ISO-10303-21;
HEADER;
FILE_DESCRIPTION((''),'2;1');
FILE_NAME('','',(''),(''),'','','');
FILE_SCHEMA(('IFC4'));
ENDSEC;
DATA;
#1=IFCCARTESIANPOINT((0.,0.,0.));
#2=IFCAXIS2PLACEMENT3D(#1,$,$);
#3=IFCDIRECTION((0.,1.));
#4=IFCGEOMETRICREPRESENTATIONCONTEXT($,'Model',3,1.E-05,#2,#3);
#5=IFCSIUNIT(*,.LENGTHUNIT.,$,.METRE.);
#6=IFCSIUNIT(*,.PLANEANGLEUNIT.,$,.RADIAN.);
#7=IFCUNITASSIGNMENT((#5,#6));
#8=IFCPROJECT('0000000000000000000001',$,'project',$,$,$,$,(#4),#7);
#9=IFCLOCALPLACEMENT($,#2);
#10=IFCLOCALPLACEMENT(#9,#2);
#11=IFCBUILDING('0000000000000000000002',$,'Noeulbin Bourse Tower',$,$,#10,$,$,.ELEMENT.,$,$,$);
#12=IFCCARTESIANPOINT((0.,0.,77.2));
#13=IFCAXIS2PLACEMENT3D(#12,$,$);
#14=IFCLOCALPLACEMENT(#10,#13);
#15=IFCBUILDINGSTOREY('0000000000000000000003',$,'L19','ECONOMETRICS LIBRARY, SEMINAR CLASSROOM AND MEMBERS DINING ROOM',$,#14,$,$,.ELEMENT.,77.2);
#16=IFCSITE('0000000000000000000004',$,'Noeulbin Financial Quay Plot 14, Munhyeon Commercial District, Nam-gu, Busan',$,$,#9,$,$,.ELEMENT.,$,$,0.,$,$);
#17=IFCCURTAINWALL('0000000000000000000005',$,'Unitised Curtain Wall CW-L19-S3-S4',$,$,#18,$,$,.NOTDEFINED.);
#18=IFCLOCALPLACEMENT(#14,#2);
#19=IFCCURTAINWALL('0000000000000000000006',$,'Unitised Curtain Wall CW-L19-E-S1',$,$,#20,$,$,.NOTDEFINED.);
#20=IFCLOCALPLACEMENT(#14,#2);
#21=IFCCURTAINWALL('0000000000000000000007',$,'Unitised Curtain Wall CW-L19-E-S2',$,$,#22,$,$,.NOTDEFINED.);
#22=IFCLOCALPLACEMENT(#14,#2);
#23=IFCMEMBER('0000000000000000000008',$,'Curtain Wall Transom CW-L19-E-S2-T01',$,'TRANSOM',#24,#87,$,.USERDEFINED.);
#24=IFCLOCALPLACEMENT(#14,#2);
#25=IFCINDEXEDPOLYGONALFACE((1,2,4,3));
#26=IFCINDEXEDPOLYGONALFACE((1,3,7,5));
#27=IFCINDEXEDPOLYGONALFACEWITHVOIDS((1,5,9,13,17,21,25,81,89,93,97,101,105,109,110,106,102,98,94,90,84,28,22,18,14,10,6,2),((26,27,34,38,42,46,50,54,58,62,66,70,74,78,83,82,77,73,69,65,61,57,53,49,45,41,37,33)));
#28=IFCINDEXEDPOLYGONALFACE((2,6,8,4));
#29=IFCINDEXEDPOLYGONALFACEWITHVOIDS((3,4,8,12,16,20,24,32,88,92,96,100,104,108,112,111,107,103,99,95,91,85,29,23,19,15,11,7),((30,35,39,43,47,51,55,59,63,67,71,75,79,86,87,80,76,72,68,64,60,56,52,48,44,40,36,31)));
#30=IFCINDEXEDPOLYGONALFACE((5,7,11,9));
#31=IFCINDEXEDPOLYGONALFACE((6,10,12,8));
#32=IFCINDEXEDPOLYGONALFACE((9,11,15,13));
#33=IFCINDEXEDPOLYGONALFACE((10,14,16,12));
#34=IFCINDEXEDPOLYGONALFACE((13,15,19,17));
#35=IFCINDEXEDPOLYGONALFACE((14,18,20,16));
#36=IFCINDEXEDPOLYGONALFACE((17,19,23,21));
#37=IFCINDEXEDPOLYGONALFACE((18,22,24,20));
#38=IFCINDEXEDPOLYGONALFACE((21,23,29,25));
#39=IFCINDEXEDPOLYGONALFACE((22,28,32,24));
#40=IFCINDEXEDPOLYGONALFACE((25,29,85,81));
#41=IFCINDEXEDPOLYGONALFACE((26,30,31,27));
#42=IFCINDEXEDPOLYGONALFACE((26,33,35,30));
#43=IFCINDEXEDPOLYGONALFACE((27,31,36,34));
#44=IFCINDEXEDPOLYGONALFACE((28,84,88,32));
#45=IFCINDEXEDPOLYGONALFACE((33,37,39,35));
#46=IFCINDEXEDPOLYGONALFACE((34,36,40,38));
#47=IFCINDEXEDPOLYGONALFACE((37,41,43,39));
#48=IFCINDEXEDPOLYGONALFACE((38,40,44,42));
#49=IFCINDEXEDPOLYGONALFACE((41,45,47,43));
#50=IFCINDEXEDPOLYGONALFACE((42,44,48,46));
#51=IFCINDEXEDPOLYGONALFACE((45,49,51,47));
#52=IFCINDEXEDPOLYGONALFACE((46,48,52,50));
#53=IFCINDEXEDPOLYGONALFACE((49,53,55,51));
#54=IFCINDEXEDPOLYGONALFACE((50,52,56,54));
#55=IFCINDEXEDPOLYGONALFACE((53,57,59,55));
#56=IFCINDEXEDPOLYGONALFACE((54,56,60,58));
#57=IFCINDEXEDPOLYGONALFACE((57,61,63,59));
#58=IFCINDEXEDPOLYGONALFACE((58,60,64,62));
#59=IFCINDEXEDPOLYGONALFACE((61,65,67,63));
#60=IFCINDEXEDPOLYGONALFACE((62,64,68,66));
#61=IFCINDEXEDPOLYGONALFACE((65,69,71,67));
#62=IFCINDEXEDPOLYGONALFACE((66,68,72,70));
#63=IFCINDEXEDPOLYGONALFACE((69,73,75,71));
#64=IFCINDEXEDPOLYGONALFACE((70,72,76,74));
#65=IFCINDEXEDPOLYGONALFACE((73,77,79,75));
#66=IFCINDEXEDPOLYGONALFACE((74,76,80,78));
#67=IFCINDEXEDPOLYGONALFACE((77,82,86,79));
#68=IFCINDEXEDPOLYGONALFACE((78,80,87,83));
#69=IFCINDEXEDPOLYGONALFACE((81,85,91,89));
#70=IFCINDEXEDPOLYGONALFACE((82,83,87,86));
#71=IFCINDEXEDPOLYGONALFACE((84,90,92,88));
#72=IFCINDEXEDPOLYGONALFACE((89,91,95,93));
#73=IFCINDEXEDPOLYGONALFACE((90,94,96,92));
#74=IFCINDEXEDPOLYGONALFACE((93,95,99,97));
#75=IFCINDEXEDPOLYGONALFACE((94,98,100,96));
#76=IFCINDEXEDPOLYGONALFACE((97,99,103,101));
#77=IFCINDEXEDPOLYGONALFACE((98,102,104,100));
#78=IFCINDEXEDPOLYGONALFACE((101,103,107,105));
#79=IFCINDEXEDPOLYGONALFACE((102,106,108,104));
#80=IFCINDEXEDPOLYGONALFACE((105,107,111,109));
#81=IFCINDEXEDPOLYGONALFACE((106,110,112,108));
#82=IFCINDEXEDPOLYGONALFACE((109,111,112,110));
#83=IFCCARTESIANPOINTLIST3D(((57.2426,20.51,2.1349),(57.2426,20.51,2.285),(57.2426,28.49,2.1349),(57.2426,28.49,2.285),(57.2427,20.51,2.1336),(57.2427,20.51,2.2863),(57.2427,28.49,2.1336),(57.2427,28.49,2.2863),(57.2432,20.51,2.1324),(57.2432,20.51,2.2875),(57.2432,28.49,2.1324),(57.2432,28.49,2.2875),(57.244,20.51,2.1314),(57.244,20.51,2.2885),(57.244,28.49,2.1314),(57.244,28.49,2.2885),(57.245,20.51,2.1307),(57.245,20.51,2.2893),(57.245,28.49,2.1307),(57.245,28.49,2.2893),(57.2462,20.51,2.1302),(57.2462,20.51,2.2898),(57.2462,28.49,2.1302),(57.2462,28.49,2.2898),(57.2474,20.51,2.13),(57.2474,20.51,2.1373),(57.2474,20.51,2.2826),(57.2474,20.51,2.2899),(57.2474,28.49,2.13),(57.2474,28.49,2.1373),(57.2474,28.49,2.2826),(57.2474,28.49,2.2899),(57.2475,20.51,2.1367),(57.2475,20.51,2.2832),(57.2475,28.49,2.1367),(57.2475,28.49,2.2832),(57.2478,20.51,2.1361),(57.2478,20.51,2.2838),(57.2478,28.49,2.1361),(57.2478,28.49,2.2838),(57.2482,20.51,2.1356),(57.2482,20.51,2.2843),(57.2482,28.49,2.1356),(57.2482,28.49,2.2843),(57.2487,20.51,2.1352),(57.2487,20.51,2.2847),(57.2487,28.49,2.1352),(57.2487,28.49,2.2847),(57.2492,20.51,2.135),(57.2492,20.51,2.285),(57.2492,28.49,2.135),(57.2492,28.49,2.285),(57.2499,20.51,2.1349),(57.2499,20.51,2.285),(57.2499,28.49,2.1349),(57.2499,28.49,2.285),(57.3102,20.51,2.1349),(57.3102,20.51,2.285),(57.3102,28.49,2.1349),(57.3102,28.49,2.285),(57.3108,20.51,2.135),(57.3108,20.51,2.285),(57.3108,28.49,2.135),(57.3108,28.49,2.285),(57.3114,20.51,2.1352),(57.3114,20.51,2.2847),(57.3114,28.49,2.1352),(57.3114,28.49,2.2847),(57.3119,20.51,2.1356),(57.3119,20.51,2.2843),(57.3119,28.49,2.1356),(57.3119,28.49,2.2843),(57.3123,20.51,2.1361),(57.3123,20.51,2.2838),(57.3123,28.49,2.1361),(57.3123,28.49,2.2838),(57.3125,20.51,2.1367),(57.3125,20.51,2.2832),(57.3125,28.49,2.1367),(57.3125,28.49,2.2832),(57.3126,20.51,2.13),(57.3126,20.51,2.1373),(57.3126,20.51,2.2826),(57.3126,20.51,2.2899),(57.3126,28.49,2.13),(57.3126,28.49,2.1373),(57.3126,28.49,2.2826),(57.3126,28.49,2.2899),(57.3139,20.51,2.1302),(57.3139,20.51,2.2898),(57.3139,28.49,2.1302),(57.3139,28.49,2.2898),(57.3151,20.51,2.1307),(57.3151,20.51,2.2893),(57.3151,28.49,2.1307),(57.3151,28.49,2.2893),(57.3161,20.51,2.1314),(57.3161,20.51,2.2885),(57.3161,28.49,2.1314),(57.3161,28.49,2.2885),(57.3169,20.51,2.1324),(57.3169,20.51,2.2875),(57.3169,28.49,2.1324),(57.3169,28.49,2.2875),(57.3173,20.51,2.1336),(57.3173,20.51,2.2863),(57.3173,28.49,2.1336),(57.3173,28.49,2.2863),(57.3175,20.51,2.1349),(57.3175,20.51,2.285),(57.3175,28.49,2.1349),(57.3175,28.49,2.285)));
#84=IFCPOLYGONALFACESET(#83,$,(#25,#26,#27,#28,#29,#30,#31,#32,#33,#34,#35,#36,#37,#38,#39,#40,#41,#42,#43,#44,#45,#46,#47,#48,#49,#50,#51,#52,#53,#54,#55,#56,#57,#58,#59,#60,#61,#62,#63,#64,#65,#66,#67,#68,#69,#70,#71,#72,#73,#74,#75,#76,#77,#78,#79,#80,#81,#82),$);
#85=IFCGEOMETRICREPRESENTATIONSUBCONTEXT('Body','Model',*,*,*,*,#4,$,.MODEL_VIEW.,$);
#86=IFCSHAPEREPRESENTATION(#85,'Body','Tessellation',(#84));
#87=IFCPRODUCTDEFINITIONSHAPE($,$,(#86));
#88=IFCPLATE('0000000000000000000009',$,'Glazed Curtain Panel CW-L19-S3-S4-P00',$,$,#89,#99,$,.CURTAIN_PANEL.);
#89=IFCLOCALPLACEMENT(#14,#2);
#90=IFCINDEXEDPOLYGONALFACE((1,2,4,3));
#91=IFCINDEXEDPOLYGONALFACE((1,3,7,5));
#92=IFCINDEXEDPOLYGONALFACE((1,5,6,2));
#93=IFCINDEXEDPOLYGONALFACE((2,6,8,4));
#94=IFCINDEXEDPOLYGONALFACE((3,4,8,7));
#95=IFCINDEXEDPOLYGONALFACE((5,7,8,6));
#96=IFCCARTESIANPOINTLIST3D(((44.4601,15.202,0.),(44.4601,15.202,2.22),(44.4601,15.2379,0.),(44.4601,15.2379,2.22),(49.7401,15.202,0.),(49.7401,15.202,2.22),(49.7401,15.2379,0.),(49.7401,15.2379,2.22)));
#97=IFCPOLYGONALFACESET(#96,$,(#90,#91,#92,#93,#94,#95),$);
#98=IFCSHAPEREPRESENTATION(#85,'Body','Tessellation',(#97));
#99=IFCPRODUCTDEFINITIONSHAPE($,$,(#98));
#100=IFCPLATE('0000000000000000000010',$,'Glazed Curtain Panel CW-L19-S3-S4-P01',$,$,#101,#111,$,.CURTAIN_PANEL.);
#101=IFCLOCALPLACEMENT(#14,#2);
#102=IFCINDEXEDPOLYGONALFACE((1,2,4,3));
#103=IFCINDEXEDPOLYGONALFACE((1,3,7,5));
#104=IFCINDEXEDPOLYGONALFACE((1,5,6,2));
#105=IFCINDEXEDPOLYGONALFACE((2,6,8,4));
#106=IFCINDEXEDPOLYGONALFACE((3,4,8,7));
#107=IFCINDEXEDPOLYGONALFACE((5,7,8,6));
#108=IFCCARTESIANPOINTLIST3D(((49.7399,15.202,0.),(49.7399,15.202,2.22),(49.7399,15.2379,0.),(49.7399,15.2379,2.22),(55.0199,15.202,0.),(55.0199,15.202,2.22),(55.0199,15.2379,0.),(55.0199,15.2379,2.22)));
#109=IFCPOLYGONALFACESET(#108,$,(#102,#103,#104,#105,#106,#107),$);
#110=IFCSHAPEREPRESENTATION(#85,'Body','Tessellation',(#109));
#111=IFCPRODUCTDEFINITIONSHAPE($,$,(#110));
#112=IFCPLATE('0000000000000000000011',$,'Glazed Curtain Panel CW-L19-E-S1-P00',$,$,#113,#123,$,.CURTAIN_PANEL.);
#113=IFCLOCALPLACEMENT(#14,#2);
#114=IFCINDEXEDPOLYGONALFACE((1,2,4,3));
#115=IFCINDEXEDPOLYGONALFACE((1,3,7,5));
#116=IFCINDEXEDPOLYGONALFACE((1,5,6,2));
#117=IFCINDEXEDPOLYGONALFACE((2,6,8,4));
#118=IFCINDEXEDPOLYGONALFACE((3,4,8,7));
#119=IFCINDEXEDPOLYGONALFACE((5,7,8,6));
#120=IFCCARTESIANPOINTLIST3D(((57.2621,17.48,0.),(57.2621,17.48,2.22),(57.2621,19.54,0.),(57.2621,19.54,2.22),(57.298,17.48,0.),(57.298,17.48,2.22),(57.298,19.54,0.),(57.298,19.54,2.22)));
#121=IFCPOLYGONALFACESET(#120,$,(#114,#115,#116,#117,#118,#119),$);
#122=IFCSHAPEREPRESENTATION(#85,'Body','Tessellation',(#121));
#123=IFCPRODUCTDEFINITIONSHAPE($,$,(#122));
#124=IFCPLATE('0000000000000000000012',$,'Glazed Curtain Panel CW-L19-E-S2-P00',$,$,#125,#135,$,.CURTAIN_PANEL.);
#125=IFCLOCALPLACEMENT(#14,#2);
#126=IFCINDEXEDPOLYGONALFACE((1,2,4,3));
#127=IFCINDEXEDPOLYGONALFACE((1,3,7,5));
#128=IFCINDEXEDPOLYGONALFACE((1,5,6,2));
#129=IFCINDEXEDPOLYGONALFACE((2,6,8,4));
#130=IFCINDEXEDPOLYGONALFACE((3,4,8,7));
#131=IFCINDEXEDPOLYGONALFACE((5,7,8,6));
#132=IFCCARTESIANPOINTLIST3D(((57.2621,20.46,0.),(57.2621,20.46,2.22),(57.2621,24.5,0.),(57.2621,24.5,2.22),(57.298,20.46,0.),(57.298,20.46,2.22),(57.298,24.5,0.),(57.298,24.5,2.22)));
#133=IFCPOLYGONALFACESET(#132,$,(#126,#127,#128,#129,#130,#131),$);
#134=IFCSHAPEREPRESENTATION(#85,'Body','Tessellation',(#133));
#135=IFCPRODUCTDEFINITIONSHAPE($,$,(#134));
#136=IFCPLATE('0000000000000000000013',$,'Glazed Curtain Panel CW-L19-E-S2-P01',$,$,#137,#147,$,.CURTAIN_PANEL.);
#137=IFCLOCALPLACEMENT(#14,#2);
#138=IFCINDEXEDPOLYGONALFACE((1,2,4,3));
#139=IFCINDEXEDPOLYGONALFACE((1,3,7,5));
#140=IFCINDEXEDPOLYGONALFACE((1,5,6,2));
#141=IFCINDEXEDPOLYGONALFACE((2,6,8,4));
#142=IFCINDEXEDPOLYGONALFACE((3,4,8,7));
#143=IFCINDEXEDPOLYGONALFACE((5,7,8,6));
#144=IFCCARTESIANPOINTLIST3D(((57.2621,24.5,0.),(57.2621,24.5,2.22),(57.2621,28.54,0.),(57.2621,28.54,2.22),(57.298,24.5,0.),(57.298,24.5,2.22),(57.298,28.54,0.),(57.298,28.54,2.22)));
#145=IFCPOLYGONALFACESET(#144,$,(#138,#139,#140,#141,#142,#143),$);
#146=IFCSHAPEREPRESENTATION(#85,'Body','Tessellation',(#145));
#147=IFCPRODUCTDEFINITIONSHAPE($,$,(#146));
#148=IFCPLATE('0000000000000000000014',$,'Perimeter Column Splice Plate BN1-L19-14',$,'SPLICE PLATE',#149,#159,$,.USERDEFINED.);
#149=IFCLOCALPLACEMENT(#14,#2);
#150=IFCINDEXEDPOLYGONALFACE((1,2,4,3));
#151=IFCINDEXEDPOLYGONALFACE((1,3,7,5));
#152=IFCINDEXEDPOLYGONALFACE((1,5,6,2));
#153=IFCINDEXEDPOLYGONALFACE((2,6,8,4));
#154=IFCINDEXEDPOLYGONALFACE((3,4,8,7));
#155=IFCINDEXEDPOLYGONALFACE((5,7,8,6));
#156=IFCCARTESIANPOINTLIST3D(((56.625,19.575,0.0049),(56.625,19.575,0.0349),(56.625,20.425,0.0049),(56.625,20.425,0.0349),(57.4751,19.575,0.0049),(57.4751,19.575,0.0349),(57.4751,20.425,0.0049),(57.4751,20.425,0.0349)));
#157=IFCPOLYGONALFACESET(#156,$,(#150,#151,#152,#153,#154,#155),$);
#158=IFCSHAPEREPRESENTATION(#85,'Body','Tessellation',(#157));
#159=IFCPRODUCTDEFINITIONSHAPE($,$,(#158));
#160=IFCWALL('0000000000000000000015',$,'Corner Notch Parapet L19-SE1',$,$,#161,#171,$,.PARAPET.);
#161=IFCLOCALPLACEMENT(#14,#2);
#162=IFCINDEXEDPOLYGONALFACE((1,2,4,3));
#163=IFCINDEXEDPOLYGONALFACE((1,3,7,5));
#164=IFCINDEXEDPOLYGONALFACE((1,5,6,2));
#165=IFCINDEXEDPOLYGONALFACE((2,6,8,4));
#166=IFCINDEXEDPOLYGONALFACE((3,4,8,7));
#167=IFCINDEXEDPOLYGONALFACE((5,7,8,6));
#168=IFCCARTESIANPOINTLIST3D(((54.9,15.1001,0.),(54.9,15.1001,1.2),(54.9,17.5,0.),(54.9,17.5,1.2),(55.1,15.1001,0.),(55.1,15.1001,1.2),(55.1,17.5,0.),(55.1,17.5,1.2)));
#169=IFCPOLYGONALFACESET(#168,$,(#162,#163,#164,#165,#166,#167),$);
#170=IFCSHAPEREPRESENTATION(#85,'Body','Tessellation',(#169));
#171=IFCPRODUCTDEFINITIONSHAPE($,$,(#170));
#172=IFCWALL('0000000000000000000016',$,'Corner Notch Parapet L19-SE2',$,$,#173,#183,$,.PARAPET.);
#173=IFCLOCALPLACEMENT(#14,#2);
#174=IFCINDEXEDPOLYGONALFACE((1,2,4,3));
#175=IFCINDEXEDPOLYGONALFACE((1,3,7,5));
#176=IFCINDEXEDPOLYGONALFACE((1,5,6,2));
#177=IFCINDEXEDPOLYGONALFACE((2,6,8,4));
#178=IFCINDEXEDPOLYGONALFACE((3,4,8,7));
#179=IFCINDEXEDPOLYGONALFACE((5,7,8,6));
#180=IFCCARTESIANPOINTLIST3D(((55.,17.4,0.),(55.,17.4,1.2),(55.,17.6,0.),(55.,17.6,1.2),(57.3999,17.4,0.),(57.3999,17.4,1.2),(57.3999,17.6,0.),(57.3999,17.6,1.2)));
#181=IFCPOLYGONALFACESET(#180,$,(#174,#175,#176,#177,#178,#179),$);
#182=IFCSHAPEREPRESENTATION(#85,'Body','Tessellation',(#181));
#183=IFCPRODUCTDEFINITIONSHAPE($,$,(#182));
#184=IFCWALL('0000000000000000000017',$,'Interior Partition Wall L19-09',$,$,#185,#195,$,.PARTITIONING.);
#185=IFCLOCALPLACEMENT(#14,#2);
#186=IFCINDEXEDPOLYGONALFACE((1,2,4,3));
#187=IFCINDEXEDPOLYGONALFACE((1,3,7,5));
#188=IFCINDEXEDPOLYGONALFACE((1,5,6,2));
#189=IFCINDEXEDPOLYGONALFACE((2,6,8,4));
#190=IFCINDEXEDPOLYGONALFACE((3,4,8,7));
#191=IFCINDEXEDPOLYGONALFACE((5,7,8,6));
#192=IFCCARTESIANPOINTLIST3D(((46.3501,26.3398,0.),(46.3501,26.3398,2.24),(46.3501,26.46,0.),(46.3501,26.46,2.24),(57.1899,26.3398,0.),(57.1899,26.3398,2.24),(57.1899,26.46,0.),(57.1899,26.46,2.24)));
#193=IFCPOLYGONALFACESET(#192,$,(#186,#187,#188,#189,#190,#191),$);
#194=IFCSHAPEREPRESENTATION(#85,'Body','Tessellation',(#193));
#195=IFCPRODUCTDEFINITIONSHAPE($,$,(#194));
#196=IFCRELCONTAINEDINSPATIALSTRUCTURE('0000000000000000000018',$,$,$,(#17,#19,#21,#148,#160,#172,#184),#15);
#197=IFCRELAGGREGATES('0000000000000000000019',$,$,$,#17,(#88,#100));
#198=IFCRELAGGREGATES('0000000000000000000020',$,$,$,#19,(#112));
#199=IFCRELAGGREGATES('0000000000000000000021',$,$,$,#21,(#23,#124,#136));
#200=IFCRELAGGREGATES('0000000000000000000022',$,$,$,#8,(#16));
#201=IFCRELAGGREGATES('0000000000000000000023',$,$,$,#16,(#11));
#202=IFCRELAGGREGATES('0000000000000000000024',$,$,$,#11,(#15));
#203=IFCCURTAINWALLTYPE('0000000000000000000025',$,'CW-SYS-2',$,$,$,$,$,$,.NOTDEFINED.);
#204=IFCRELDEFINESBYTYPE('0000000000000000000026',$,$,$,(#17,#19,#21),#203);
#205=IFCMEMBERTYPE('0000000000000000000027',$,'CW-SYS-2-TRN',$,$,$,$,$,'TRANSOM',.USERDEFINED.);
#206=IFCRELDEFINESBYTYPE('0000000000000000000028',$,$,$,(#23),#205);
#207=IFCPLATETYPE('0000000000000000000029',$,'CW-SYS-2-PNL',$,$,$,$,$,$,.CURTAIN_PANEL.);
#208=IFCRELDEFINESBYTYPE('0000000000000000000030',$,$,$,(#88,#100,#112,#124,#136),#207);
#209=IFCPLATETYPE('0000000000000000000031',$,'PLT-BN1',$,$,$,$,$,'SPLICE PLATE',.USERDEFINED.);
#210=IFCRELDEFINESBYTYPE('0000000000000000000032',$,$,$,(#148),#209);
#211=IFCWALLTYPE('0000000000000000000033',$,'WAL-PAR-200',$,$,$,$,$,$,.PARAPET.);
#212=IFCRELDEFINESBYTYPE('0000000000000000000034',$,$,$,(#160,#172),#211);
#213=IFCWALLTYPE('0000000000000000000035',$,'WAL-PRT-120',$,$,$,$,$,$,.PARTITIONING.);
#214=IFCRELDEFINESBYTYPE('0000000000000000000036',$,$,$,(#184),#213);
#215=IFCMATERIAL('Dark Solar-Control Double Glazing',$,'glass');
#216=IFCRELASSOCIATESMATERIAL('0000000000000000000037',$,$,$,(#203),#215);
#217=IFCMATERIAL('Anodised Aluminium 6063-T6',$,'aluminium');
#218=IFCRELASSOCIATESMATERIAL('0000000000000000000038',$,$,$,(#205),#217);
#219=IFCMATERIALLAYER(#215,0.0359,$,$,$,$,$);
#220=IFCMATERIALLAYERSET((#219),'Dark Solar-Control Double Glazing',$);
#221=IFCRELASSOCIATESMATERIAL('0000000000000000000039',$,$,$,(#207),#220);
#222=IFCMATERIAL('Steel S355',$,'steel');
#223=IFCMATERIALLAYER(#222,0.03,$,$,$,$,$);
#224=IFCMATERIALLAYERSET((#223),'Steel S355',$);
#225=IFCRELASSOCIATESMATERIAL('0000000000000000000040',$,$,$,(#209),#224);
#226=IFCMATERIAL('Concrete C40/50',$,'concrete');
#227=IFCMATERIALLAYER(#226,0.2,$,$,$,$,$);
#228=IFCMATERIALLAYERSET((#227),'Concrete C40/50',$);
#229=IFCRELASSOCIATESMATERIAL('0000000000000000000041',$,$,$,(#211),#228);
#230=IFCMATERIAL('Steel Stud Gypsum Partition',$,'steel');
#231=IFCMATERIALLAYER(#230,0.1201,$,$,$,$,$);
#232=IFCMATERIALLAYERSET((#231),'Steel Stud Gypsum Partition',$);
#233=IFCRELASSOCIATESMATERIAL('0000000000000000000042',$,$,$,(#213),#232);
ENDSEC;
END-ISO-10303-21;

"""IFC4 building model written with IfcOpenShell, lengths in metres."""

from ifc_helpers import new_model, si_unit, direction, frame, frame_2d, origin, origin_2d, place, context, subcontext, project, spatial, rectangle, hollow_rectangle, extrude, material, layer, layer_set, material_profile, profile_set, type_object, element, aggregate, save


model = new_model("IFC4")

# Units and contexts
model_context = context("Model", 3, precision=1e-05, world=origin(), true_north=direction((0.0, 1.0)))
body_context = subcontext(model_context, "Body", "Model", "MODEL_VIEW")
ifc_project = project(units=[si_unit("LENGTHUNIT", "METRE"), si_unit("PLANEANGLEUNIT", "RADIAN")], contexts=[model_context])

# Site, building, storey
site_placement = place(None, origin())
site = spatial("IfcSite", under=ifc_project, at=site_placement, Name="Noeulbin Financial Quay Plot 14, Munhyeon Commercial District, Nam-gu, Busan", CompositionType="ELEMENT", RefElevation=0.0)
building_placement = place(site_placement, origin())
building = spatial("IfcBuilding", under=site, at=building_placement, Name="Noeulbin Bourse Tower", CompositionType="ELEMENT")
storey_placement = place(building_placement, frame((0.0, 0.0, 77.2)))
storey = spatial("IfcBuildingStorey", under=building, at=storey_placement, Name="L19", Description="ECONOMETRICS LIBRARY, SEMINAR CLASSROOM AND MEMBERS DINING ROOM", CompositionType="ELEMENT", Elevation=77.2)

# Shared definitions
ifc_material_1 = material(Name="Steel S355", Category="steel")

# Curtain walls
ifc_material_2 = material(Name="Dark Solar-Control Double Glazing", Category="glass")
curtain_wall_type = type_object("IfcCurtainWallType", Name="CW-SYS-2", PredefinedType="NOTDEFINED", material=ifc_material_2)
curtain_wall_1_placement = place(storey_placement, origin())
curtain_wall_1 = element("IfcCurtainWall", 1, at=curtain_wall_1_placement, inside=storey, type_object=curtain_wall_type, Name="Unitised Curtain Wall CW-L19-S3-S4", PredefinedType="NOTDEFINED")
ifc_material_3 = material(Name="Anodised Aluminium 6063-T6", Category="aluminium")
curtain_wall_2_placement = place(storey_placement, origin())
curtain_wall_2 = element("IfcCurtainWall", 2, at=curtain_wall_2_placement, inside=storey, type_object=curtain_wall_type, Name="Unitised Curtain Wall CW-L19-E-S1", PredefinedType="NOTDEFINED")
curtain_wall_3_placement = place(storey_placement, origin())
curtain_wall_3 = element("IfcCurtainWall", 3, at=curtain_wall_3_placement, inside=storey, type_object=curtain_wall_type, Name="Unitised Curtain Wall CW-L19-E-S2", PredefinedType="NOTDEFINED")

# Member
ifc_material_profile_1 = material_profile(ifc_material_3, hollow_rectangle(XDim=0.075, YDim=0.1599, WallThickness=0.0049, InnerFilletRadius=0.0024, OuterFilletRadius=0.0049, at=origin_2d()), Name="ALU-TRAN-75x160x5", Category="LoadBearing")
ifc_profile_set_1 = profile_set([ifc_material_profile_1], Name="Anodised Aluminium 6063-T6")
member_type_1 = type_object("IfcMemberType", Name="CW-SYS-2-TRN", ElementType="TRANSOM", PredefinedType="USERDEFINED", material=ifc_profile_set_1)
member_1_placement = place(storey_placement, frame((57.28, 20.51, 2.21), z_axis=(0.0, 1.0, 0.0), x_axis=(-1.0, 0.0, 0.0)))
member_1 = element("IfcMember", 4, at=member_1_placement, type_object=member_type_1, Name="Curtain Wall Transom CW-L19-E-S2-T01", ObjectType="TRANSOM", PredefinedType="USERDEFINED", context=body_context, shape_type="SweptSolid", body=[
    extrude(hollow_rectangle(XDim=0.075, YDim=0.1599, WallThickness=0.0049, InnerFilletRadius=0.0024, OuterFilletRadius=0.0049, at=origin_2d()), origin(), (0.0, 0.0, 1.0), 7.98),
])

# Plates
ifc_layer_1 = layer(ifc_material_2, 0.0359)
ifc_layer_set_1 = layer_set([ifc_layer_1], Name="Dark Solar-Control Double Glazing")
plate_type_1 = type_object("IfcPlateType", Name="CW-SYS-2-PNL", PredefinedType="CURTAIN_PANEL", material=ifc_layer_set_1)
plate_1_placement = place(storey_placement, frame((47.1001, 15.22, 0.0), z_axis=(0.0, 0.0, 1.0), x_axis=(1.0, 0.0, 0.0)))
plate_1 = element("IfcPlate", 5, at=plate_1_placement, type_object=plate_type_1, Name="Glazed Curtain Panel CW-L19-S3-S4-P00", PredefinedType="CURTAIN_PANEL", context=body_context, shape_type="SweptSolid", body=[
    extrude(rectangle(XDim=5.28, YDim=0.0359, at=origin_2d()), origin(), (0.0, 0.0, 1.0), 2.22),
])
plate_2_placement = place(storey_placement, frame((52.3799, 15.22, 0.0), z_axis=(0.0, 0.0, 1.0), x_axis=(1.0, 0.0, 0.0)))
plate_2 = element("IfcPlate", 6, at=plate_2_placement, type_object=plate_type_1, Name="Glazed Curtain Panel CW-L19-S3-S4-P01", PredefinedType="CURTAIN_PANEL", context=body_context, shape_type="SweptSolid", body=[
    extrude(rectangle(XDim=5.28, YDim=0.0359, at=origin_2d()), origin(), (0.0, 0.0, 1.0), 2.22),
])
aggregate(curtain_wall_1, [plate_1, plate_2])
plate_3_placement = place(storey_placement, frame((57.28, 18.51, 0.0), z_axis=(0.0, 0.0, 1.0), x_axis=(0.0, 1.0, 0.0)))
plate_3 = element("IfcPlate", 7, at=plate_3_placement, type_object=plate_type_1, Name="Glazed Curtain Panel CW-L19-E-S1-P00", PredefinedType="CURTAIN_PANEL", context=body_context, shape_type="SweptSolid", body=[
    extrude(rectangle(XDim=2.0601, YDim=0.0359, at=origin_2d()), origin(), (0.0, 0.0, 1.0), 2.22),
])
aggregate(curtain_wall_2, [plate_3])
plate_4_placement = place(storey_placement, frame((57.28, 22.48, 0.0), z_axis=(0.0, 0.0, 1.0), x_axis=(0.0, 1.0, 0.0)))
plate_4 = element("IfcPlate", 8, at=plate_4_placement, type_object=plate_type_1, Name="Glazed Curtain Panel CW-L19-E-S2-P00", PredefinedType="CURTAIN_PANEL", context=body_context, shape_type="SweptSolid", body=[
    extrude(rectangle(XDim=4.04, YDim=0.0359, at=origin_2d()), origin(), (0.0, 0.0, 1.0), 2.22),
])
plate_5_placement = place(storey_placement, frame((57.28, 26.52, 0.0), z_axis=(0.0, 0.0, 1.0), x_axis=(0.0, 1.0, 0.0)))
plate_5 = element("IfcPlate", 9, at=plate_5_placement, type_object=plate_type_1, Name="Glazed Curtain Panel CW-L19-E-S2-P01", PredefinedType="CURTAIN_PANEL", context=body_context, shape_type="SweptSolid", body=[
    extrude(rectangle(XDim=4.04, YDim=0.0359, at=origin_2d()), origin(), (0.0, 0.0, 1.0), 2.22),
])
aggregate(curtain_wall_3, [member_1, plate_4, plate_5])
ifc_layer_2 = layer(ifc_material_1, 0.03)
ifc_layer_set_2 = layer_set([ifc_layer_2], Name="Steel S355")
plate_type_2 = type_object("IfcPlateType", Name="PLT-BN1", ElementType="SPLICE PLATE", PredefinedType="USERDEFINED", material=ifc_layer_set_2)
plate_6_placement = place(storey_placement, frame((57.05, 20.0, 0.0049), z_axis=(0.0, 0.0, 1.0), x_axis=(1.0, 0.0, 0.0)))
element("IfcPlate", 10, at=plate_6_placement, inside=storey, type_object=plate_type_2, Name="Perimeter Column Splice Plate BN1-L19-14", ObjectType="SPLICE PLATE", PredefinedType="USERDEFINED", context=body_context, shape_type="SweptSolid", body=[
    extrude(rectangle(XDim=0.8501, YDim=0.8501, at=origin_2d()), origin(), (0.0, 0.0, 1.0), 0.03),
])

# Walls
ifc_material_4 = material(Name="Concrete C40/50", Category="concrete")
ifc_layer_3 = layer(ifc_material_4, 0.2)
ifc_layer_set_3 = layer_set([ifc_layer_3], Name="Concrete C40/50")
wall_type_1 = type_object("IfcWallType", Name="WAL-PAR-200", PredefinedType="PARAPET", material=ifc_layer_set_3)
for number, where, z_axis, x_axis, name in (
    (11, (55.0, 15.1001, 0.0), (0.0, 0.0, 1.0), (0.0, 1.0, 0.0), "Corner Notch Parapet L19-SE1"),
    (12, (55.0, 17.5, 0.0), (0.0, 0.0, 1.0), (1.0, 0.0, 0.0), "Corner Notch Parapet L19-SE2"),
):
    element("IfcWall", number, at=place(storey_placement, frame(where, z_axis=z_axis, x_axis=x_axis)), inside=storey, type_object=wall_type_1, Name=name, PredefinedType="PARAPET", context=body_context, shape_type="SweptSolid", body=[
        extrude(rectangle(XDim=2.3999, YDim=0.2, at=frame_2d((1.2, 0.0))), origin(), (0.0, 0.0, 1.0), 1.2),
    ])
ifc_material_5 = material(Name="Steel Stud Gypsum Partition", Category="steel")
ifc_layer_4 = layer(ifc_material_5, 0.1201)
ifc_layer_set_4 = layer_set([ifc_layer_4], Name="Steel Stud Gypsum Partition")
wall_type_2 = type_object("IfcWallType", Name="WAL-PRT-120", PredefinedType="PARTITIONING", material=ifc_layer_set_4)
wall_1_placement = place(storey_placement, frame((46.3501, 26.3999, 0.0), z_axis=(0.0, 0.0, 1.0), x_axis=(1.0, 0.0, 0.0)))
element("IfcWall", 13, at=wall_1_placement, inside=storey, type_object=wall_type_2, Name="Interior Partition Wall L19-09", PredefinedType="PARTITIONING", context=body_context, shape_type="SweptSolid", body=[
    extrude(rectangle(XDim=10.8398, YDim=0.1201, at=frame_2d((5.4199, 0.0))), origin(), (0.0, 0.0, 1.0), 2.24),
])

save(model, "model.ifc")
